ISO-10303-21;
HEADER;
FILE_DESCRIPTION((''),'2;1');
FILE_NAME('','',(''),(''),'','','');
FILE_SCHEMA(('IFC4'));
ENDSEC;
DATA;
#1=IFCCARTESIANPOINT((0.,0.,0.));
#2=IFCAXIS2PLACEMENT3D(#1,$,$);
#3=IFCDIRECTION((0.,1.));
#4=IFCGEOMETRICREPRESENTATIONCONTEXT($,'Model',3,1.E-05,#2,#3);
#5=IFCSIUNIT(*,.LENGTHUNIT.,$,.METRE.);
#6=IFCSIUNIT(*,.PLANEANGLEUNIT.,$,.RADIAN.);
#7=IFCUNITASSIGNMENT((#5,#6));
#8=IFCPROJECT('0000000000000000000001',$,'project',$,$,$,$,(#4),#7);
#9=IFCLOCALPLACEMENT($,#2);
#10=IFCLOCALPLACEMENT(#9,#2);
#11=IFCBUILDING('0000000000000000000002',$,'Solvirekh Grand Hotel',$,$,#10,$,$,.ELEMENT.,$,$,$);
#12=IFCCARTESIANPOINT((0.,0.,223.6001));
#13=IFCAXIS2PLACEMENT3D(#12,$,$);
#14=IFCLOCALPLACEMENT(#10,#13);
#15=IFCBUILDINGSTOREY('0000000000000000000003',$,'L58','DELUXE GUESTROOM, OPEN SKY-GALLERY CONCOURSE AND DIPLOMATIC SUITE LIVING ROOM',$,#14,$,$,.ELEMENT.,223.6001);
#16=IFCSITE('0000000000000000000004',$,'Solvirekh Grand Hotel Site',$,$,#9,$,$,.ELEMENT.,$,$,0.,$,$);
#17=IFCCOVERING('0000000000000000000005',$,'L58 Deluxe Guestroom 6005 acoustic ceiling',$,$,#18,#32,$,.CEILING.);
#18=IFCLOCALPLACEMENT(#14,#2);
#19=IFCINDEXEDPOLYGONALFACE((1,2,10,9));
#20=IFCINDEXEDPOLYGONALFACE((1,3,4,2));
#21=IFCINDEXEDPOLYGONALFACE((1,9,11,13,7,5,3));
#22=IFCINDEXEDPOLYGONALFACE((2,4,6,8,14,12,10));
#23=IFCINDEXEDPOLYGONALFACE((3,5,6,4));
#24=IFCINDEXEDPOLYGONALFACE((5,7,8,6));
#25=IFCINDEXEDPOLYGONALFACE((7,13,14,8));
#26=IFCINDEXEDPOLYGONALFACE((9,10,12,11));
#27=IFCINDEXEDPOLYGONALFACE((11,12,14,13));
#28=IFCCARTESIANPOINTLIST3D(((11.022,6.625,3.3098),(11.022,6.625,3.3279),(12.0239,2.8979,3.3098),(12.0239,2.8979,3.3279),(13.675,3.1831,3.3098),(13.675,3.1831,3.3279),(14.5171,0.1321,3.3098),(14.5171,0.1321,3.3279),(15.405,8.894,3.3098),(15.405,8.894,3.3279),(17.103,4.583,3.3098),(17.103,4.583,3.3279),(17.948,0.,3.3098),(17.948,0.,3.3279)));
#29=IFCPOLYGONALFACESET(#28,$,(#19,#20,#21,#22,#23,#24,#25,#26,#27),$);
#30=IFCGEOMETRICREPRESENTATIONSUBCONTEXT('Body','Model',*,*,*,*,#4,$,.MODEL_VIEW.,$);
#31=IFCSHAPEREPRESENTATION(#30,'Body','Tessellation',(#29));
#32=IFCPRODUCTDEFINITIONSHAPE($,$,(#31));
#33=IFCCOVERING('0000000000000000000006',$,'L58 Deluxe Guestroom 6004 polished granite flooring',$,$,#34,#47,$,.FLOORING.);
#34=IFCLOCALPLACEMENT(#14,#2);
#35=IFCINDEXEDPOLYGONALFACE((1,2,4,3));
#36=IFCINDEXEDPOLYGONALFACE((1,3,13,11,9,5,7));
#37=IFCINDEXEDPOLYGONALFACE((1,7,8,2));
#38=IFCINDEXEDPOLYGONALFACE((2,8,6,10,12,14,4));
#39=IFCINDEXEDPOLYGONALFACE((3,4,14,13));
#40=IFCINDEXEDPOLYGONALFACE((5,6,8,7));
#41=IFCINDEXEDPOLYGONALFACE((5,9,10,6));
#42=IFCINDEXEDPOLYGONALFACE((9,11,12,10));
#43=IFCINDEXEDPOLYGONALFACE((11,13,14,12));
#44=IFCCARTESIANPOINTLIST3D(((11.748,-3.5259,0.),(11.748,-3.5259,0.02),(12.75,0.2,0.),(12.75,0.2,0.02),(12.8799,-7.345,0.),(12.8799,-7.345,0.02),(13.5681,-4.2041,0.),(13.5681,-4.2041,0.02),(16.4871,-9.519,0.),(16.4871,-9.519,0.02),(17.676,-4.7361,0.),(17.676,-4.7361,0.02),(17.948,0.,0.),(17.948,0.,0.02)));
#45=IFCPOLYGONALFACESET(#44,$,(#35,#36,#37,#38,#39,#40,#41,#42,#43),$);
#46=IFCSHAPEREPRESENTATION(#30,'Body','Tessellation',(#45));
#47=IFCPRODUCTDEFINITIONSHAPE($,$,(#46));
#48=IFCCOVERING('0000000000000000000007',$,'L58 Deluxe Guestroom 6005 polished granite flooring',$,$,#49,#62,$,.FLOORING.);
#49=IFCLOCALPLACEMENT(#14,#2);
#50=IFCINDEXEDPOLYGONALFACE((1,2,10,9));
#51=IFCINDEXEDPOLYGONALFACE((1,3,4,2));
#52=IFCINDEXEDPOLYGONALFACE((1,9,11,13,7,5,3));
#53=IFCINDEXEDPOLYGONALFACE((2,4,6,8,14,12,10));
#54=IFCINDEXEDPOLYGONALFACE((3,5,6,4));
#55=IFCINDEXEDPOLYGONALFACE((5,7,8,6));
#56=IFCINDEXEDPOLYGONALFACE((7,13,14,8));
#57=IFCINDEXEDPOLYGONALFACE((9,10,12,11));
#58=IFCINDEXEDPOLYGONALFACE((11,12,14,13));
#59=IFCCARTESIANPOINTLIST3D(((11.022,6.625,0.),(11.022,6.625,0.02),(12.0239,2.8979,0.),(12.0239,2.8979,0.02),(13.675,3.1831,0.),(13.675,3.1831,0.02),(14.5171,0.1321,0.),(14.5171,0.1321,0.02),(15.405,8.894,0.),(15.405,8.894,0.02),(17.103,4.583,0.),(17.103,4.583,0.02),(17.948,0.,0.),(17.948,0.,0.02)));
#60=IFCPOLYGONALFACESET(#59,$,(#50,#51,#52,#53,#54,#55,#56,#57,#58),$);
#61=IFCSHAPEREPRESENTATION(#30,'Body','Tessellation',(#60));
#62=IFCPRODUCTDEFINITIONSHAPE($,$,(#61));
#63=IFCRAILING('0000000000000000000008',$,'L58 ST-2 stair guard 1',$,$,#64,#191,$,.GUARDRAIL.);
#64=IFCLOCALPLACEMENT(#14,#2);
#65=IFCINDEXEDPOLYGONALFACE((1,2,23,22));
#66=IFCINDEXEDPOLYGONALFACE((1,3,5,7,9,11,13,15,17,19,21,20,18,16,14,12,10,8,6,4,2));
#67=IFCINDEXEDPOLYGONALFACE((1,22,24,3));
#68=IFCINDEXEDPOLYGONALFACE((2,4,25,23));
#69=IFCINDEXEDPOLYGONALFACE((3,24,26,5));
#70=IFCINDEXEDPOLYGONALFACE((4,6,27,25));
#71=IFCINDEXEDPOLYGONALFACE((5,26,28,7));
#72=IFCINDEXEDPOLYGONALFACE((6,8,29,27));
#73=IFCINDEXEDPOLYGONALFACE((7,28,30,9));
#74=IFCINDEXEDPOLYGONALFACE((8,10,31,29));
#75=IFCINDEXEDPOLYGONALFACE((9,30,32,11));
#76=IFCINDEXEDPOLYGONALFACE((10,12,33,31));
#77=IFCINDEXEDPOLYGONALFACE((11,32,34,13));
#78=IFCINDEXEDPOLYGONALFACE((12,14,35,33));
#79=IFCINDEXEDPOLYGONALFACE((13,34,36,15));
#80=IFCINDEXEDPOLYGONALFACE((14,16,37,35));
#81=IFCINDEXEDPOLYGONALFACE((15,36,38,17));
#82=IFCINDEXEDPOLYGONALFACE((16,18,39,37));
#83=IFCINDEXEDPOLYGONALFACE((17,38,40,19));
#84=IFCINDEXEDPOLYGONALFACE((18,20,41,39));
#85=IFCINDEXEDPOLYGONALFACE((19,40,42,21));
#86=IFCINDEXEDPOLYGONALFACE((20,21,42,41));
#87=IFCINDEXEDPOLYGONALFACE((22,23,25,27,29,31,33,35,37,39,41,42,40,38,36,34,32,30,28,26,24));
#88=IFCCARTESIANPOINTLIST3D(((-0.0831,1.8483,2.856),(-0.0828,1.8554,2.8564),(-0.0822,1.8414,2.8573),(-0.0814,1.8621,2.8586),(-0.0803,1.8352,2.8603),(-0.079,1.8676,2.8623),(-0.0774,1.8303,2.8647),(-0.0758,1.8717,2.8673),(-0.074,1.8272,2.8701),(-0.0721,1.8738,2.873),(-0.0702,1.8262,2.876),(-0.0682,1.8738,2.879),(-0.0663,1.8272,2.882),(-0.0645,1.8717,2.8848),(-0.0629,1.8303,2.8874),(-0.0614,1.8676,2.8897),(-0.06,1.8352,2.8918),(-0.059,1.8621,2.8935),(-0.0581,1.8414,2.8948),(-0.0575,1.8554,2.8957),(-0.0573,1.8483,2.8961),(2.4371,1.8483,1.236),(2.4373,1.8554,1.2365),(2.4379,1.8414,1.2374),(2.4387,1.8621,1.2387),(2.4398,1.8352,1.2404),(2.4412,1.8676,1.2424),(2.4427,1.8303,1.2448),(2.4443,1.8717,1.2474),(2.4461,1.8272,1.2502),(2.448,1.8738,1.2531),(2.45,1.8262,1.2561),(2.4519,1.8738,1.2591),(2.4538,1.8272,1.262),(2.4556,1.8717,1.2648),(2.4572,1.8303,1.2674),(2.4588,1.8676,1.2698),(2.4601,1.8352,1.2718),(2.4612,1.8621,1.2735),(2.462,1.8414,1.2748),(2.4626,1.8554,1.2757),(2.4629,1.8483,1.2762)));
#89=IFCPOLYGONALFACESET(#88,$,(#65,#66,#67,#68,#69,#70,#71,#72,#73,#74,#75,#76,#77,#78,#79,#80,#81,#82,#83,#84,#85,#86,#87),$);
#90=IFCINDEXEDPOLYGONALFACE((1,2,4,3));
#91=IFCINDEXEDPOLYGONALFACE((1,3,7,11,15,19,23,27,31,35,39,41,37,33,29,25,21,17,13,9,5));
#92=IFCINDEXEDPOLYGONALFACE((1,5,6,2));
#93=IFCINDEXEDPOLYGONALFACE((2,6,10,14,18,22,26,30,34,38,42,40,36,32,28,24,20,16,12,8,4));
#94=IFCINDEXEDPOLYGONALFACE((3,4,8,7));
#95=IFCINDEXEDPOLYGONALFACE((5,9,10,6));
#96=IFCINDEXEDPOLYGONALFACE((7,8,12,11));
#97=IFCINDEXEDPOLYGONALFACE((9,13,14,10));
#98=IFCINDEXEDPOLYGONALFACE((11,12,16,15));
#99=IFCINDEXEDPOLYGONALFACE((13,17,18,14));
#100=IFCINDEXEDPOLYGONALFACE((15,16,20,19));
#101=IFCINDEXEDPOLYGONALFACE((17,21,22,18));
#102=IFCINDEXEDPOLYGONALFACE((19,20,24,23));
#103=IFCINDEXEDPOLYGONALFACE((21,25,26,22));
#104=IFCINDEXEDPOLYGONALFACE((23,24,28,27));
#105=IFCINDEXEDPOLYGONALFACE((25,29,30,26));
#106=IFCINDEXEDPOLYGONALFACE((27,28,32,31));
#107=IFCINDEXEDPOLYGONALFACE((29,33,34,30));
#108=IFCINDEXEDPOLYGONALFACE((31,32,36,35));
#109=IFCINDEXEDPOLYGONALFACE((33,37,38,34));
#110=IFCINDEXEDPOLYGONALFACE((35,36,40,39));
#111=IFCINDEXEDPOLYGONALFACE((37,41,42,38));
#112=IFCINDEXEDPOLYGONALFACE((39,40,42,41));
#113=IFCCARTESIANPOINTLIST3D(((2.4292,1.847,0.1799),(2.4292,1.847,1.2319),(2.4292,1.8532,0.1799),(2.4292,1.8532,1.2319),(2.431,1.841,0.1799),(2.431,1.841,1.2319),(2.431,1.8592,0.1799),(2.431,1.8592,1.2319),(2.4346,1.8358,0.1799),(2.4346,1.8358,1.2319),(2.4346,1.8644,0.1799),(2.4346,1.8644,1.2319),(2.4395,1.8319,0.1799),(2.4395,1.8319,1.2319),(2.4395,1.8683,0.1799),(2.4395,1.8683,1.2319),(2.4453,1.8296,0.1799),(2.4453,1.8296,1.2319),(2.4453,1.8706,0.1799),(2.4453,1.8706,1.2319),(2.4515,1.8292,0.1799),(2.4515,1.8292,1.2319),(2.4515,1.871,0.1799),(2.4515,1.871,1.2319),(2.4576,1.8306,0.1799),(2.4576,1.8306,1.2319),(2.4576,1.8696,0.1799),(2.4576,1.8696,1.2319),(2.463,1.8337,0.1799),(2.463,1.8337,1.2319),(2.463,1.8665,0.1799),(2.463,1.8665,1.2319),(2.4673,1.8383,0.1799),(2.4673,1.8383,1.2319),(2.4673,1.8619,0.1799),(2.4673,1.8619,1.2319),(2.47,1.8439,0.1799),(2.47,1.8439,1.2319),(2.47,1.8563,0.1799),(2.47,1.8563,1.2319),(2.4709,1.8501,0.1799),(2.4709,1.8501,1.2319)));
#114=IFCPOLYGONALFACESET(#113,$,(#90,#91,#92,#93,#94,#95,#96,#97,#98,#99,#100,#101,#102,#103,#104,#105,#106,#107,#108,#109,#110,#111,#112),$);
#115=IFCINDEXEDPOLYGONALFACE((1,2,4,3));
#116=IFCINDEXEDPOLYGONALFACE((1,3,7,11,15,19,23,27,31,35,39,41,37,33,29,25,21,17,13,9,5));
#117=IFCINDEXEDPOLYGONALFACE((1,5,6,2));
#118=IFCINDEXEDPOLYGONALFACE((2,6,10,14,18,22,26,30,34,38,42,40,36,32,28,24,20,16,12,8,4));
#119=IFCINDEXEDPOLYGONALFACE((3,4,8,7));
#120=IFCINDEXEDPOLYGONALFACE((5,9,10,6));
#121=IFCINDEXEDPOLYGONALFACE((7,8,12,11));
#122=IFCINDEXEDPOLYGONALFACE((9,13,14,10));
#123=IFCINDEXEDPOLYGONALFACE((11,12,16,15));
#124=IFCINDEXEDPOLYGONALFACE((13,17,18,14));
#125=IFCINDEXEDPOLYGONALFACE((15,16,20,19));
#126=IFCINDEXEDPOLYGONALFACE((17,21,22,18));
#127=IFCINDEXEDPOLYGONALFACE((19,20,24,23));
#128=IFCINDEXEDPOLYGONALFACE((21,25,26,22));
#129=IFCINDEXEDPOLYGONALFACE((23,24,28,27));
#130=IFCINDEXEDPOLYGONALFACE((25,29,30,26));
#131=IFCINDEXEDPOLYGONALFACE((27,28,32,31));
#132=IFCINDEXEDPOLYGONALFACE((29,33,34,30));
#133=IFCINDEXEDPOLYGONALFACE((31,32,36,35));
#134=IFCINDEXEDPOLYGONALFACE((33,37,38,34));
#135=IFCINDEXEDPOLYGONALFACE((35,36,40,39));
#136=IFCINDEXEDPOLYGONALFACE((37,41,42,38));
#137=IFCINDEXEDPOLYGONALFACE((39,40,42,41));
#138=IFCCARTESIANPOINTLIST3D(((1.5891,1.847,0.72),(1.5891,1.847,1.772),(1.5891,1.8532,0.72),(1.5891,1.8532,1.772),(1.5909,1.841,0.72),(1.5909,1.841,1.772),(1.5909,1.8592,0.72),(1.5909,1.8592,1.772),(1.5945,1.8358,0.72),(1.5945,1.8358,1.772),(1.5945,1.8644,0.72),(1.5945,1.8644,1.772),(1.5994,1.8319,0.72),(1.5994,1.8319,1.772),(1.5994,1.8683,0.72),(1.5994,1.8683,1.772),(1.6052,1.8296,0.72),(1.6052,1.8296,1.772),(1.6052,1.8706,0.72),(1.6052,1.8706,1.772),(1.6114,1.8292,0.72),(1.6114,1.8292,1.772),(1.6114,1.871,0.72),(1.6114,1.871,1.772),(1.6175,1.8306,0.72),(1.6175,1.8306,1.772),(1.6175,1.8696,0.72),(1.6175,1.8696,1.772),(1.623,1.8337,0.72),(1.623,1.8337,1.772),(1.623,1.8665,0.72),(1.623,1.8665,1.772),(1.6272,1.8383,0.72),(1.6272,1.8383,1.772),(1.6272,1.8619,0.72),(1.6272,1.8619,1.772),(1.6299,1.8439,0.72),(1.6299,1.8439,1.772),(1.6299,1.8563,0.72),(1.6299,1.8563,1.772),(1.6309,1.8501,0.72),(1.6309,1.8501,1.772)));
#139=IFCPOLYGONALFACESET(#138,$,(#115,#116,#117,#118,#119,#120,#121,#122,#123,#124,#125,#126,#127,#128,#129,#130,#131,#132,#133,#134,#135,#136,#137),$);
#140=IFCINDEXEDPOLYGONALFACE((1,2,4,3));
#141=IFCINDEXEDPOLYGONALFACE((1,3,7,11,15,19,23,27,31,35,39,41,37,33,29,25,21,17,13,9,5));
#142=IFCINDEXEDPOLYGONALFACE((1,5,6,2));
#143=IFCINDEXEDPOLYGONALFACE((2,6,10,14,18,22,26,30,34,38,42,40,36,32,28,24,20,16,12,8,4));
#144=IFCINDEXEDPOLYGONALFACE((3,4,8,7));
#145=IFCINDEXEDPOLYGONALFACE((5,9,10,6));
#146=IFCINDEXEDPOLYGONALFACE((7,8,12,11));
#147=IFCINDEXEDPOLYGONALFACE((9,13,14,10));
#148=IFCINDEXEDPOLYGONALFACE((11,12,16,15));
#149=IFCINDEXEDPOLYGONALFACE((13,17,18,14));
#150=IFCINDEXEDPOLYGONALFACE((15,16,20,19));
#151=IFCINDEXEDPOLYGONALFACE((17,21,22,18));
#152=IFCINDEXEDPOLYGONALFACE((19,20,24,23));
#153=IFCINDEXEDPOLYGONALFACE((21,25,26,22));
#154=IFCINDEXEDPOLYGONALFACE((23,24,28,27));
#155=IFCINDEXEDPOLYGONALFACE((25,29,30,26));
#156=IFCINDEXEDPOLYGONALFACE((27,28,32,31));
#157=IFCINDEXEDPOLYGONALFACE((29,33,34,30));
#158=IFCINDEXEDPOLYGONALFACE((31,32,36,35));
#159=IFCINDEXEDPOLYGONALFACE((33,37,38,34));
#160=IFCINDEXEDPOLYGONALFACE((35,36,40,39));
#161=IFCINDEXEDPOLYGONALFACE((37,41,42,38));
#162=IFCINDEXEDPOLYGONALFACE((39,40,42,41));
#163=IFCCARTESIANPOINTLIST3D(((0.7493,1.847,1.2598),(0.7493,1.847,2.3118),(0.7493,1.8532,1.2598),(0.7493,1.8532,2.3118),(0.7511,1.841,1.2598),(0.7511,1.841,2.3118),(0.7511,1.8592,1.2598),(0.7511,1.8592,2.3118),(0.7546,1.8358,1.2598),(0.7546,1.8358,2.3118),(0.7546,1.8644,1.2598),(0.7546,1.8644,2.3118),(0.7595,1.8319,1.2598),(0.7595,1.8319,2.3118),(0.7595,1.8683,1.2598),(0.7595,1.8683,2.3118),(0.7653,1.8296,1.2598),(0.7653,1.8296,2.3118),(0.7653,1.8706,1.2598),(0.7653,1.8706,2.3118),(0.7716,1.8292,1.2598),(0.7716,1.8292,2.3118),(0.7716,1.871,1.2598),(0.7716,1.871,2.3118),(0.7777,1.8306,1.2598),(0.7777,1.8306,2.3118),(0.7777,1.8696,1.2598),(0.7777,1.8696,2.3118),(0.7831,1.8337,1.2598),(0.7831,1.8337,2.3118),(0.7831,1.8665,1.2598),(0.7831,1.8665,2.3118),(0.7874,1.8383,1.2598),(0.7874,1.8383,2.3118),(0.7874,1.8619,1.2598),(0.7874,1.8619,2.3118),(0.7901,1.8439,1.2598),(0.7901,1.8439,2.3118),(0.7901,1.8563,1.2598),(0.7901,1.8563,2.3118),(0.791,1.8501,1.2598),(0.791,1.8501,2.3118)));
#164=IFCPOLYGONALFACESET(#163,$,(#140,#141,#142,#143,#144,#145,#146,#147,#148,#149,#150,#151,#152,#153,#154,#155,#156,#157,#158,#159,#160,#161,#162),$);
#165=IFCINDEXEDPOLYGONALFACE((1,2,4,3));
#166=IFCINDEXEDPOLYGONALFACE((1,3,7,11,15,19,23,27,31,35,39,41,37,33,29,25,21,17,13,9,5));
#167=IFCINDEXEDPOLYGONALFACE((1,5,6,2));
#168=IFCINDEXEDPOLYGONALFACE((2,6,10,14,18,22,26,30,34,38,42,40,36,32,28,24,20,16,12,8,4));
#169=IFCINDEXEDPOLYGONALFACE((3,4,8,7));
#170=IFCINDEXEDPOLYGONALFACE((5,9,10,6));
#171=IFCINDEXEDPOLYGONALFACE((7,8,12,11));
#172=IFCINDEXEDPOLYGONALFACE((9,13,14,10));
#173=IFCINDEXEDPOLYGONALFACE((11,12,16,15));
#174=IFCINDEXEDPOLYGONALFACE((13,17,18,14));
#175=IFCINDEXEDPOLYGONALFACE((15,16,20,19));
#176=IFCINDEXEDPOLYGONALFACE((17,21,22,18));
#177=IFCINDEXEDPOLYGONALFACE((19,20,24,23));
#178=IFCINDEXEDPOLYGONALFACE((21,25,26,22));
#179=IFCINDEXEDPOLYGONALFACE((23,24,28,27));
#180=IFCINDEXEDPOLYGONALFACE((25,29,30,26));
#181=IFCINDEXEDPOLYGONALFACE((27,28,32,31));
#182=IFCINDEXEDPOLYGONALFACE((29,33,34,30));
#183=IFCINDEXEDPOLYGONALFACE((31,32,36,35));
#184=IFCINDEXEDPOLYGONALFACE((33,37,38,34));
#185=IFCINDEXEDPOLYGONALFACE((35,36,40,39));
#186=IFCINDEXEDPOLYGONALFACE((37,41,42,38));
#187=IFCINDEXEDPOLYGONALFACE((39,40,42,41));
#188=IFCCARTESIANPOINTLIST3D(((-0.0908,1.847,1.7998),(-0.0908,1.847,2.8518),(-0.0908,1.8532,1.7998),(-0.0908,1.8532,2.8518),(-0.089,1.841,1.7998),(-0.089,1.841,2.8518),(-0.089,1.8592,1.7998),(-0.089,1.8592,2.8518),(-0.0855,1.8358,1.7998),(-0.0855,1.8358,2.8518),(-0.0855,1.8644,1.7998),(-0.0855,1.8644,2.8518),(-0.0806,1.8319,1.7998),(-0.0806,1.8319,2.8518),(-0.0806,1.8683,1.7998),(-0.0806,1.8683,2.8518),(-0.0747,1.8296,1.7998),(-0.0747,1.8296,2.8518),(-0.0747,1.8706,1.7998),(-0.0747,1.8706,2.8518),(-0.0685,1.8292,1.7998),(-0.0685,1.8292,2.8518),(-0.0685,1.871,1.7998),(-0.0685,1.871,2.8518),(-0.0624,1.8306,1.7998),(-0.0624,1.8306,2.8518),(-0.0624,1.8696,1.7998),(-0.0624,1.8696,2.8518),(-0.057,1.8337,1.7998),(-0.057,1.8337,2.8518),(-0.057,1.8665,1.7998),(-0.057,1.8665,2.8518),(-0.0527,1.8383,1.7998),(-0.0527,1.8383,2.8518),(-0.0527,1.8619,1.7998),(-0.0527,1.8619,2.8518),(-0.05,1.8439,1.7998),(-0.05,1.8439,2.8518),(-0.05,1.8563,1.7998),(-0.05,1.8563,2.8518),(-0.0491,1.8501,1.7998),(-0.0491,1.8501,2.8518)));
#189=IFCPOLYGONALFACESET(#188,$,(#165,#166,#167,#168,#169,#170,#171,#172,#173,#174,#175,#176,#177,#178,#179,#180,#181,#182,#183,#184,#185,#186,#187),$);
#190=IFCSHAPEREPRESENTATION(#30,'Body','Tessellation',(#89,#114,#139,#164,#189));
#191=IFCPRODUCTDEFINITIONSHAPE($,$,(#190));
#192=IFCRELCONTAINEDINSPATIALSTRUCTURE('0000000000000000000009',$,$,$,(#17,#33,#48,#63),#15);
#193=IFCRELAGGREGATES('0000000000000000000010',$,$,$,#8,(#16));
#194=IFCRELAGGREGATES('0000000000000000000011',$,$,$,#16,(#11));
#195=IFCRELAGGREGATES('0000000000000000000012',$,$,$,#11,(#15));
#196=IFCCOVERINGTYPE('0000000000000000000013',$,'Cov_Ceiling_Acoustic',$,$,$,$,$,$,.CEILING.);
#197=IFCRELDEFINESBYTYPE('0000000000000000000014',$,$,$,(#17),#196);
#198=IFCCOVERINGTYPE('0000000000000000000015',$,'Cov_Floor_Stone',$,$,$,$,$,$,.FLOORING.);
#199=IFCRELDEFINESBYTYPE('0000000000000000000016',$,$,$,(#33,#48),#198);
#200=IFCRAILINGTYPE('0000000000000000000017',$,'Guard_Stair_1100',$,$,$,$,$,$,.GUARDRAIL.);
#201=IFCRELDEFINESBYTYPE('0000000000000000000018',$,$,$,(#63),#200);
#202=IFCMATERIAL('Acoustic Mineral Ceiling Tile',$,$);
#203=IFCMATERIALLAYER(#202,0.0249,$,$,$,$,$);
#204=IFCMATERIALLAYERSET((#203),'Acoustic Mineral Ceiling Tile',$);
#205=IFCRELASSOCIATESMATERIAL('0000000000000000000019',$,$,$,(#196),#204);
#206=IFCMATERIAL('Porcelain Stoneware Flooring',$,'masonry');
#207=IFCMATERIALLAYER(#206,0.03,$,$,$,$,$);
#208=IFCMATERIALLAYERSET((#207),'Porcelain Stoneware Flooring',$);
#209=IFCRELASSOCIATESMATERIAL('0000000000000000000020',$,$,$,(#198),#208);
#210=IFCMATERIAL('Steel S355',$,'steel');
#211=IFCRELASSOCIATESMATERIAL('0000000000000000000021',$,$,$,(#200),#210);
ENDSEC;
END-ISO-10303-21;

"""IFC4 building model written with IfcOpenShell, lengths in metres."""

from ifc_helpers import new_model, si_unit, direction, frame, origin, origin_2d, place, context, subcontext, project, spatial, polyline, circle, outline, extrude, material, layer, layer_set, type_object, element, save


model = new_model("IFC4")

# Units and contexts
model_context = context("Model", 3, precision=1e-05, world=origin(), true_north=direction((0.0, 1.0)))
body_context = subcontext(model_context, "Body", "Model", "MODEL_VIEW")
ifc_project = project(units=[si_unit("LENGTHUNIT", "METRE"), si_unit("PLANEANGLEUNIT", "RADIAN")], contexts=[model_context])

# Site, building, storey
site_placement = place(None, origin())
site = spatial("IfcSite", under=ifc_project, at=site_placement, Name="Solvirekh Grand Hotel Site", CompositionType="ELEMENT", RefElevation=0.0)
building_placement = place(site_placement, origin())
building = spatial("IfcBuilding", under=site, at=building_placement, Name="Solvirekh Grand Hotel", CompositionType="ELEMENT")
storey_placement = place(building_placement, frame((0.0, 0.0, 223.6001)))
storey = spatial("IfcBuildingStorey", under=building, at=storey_placement, Name="L58", Description="DELUXE GUESTROOM, OPEN SKY-GALLERY CONCOURSE AND DIPLOMATIC SUITE LIVING ROOM", CompositionType="ELEMENT", Elevation=223.6001)

# Coverings
ifc_material_1 = material(Name="Acoustic Mineral Ceiling Tile")
ifc_layer_1 = layer(ifc_material_1, 0.0249)
ifc_layer_set_1 = layer_set([ifc_layer_1], Name="Acoustic Mineral Ceiling Tile")
covering_type_1 = type_object("IfcCoveringType", Name="Cov_Ceiling_Acoustic", PredefinedType="CEILING", material=ifc_layer_set_1)
covering_1_placement = place(storey_placement, frame((0.0, 0.0, 3.3098)))
element("IfcCovering", 1, at=covering_1_placement, inside=storey, type_object=covering_type_1, Name="L58 Deluxe Guestroom 6005 acoustic ceiling", PredefinedType="CEILING", context=body_context, shape_type="SweptSolid", body=[
    extrude(outline(polyline([(13.675, 3.1831), (14.5171, 0.1321), (17.948, 0.0), (17.103, 4.583), (15.405, 8.894), (11.022, 6.625), (12.0239, 2.8979), (13.675, 3.1831)])), origin(), (0.0, 0.0, 1.0), 0.0181),
])
ifc_material_2 = material(Name="Porcelain Stoneware Flooring", Category="masonry")
ifc_layer_2 = layer(ifc_material_2, 0.03)
ifc_layer_set_2 = layer_set([ifc_layer_2], Name="Porcelain Stoneware Flooring")
covering_type_2 = type_object("IfcCoveringType", Name="Cov_Floor_Stone", PredefinedType="FLOORING", material=ifc_layer_set_2)
covering_2_placement = place(storey_placement, origin())
element("IfcCovering", 2, at=covering_2_placement, inside=storey, type_object=covering_type_2, Name="L58 Deluxe Guestroom 6004 polished granite flooring", PredefinedType="FLOORING", context=body_context, shape_type="SweptSolid", body=[
    extrude(outline(polyline([(13.5681, -4.2041), (12.8799, -7.345), (16.4871, -9.519), (17.676, -4.7361), (17.948, 0.0), (12.75, 0.2), (11.748, -3.5259), (13.5681, -4.2041)])), origin(), (0.0, 0.0, 1.0), 0.02),
])
covering_3_placement = place(storey_placement, origin())
element("IfcCovering", 3, at=covering_3_placement, inside=storey, type_object=covering_type_2, Name="L58 Deluxe Guestroom 6005 polished granite flooring", PredefinedType="FLOORING", context=body_context, shape_type="SweptSolid", body=[
    extrude(outline(polyline([(13.675, 3.1831), (14.5171, 0.1321), (17.948, 0.0), (17.103, 4.583), (15.405, 8.894), (11.022, 6.625), (12.0239, 2.8979), (13.675, 3.1831)])), origin(), (0.0, 0.0, 1.0), 0.02),
])

# Railing
ifc_material_3 = material(Name="Steel S355", Category="steel")
railing_type_1 = type_object("IfcRailingType", Name="Guard_Stair_1100", PredefinedType="GUARDRAIL", material=ifc_material_3)
railing_1_placement = place(storey_placement, frame((2.45, 1.8501, 0.1799)))
element("IfcRailing", 4, at=railing_1_placement, inside=storey, type_object=railing_type_1, Name="L58 ST-2 stair guard 1", PredefinedType="GUARDRAIL", context=body_context, shape_type="SweptSolid", body=[
    extrude(circle(Radius=0.0239, at=origin_2d()), frame((0.0, 0.0, 1.0762), z_axis=(-0.8412, 0.0, 0.540725), x_axis=(0.0, -1.0, 0.0)), (0.0, 0.0, 1.0), 2.9958),
    extrude(circle(Radius=0.021, at=origin_2d()), origin(), (0.0, 0.0, 1.0), 1.052),
    extrude(circle(Radius=0.021, at=origin_2d()), frame((-0.8401, 0.0, 0.54)), (0.0, 0.0, 1.0), 1.052),
    extrude(circle(Radius=0.021, at=origin_2d()), frame((-1.6799, 0.0, 1.0798)), (0.0, 0.0, 1.0), 1.052),
    extrude(circle(Radius=0.021, at=origin_2d()), frame((-2.52, 0.0, 1.6199)), (0.0, 0.0, 1.0), 1.052),
])

save(model, "model.ifc")
